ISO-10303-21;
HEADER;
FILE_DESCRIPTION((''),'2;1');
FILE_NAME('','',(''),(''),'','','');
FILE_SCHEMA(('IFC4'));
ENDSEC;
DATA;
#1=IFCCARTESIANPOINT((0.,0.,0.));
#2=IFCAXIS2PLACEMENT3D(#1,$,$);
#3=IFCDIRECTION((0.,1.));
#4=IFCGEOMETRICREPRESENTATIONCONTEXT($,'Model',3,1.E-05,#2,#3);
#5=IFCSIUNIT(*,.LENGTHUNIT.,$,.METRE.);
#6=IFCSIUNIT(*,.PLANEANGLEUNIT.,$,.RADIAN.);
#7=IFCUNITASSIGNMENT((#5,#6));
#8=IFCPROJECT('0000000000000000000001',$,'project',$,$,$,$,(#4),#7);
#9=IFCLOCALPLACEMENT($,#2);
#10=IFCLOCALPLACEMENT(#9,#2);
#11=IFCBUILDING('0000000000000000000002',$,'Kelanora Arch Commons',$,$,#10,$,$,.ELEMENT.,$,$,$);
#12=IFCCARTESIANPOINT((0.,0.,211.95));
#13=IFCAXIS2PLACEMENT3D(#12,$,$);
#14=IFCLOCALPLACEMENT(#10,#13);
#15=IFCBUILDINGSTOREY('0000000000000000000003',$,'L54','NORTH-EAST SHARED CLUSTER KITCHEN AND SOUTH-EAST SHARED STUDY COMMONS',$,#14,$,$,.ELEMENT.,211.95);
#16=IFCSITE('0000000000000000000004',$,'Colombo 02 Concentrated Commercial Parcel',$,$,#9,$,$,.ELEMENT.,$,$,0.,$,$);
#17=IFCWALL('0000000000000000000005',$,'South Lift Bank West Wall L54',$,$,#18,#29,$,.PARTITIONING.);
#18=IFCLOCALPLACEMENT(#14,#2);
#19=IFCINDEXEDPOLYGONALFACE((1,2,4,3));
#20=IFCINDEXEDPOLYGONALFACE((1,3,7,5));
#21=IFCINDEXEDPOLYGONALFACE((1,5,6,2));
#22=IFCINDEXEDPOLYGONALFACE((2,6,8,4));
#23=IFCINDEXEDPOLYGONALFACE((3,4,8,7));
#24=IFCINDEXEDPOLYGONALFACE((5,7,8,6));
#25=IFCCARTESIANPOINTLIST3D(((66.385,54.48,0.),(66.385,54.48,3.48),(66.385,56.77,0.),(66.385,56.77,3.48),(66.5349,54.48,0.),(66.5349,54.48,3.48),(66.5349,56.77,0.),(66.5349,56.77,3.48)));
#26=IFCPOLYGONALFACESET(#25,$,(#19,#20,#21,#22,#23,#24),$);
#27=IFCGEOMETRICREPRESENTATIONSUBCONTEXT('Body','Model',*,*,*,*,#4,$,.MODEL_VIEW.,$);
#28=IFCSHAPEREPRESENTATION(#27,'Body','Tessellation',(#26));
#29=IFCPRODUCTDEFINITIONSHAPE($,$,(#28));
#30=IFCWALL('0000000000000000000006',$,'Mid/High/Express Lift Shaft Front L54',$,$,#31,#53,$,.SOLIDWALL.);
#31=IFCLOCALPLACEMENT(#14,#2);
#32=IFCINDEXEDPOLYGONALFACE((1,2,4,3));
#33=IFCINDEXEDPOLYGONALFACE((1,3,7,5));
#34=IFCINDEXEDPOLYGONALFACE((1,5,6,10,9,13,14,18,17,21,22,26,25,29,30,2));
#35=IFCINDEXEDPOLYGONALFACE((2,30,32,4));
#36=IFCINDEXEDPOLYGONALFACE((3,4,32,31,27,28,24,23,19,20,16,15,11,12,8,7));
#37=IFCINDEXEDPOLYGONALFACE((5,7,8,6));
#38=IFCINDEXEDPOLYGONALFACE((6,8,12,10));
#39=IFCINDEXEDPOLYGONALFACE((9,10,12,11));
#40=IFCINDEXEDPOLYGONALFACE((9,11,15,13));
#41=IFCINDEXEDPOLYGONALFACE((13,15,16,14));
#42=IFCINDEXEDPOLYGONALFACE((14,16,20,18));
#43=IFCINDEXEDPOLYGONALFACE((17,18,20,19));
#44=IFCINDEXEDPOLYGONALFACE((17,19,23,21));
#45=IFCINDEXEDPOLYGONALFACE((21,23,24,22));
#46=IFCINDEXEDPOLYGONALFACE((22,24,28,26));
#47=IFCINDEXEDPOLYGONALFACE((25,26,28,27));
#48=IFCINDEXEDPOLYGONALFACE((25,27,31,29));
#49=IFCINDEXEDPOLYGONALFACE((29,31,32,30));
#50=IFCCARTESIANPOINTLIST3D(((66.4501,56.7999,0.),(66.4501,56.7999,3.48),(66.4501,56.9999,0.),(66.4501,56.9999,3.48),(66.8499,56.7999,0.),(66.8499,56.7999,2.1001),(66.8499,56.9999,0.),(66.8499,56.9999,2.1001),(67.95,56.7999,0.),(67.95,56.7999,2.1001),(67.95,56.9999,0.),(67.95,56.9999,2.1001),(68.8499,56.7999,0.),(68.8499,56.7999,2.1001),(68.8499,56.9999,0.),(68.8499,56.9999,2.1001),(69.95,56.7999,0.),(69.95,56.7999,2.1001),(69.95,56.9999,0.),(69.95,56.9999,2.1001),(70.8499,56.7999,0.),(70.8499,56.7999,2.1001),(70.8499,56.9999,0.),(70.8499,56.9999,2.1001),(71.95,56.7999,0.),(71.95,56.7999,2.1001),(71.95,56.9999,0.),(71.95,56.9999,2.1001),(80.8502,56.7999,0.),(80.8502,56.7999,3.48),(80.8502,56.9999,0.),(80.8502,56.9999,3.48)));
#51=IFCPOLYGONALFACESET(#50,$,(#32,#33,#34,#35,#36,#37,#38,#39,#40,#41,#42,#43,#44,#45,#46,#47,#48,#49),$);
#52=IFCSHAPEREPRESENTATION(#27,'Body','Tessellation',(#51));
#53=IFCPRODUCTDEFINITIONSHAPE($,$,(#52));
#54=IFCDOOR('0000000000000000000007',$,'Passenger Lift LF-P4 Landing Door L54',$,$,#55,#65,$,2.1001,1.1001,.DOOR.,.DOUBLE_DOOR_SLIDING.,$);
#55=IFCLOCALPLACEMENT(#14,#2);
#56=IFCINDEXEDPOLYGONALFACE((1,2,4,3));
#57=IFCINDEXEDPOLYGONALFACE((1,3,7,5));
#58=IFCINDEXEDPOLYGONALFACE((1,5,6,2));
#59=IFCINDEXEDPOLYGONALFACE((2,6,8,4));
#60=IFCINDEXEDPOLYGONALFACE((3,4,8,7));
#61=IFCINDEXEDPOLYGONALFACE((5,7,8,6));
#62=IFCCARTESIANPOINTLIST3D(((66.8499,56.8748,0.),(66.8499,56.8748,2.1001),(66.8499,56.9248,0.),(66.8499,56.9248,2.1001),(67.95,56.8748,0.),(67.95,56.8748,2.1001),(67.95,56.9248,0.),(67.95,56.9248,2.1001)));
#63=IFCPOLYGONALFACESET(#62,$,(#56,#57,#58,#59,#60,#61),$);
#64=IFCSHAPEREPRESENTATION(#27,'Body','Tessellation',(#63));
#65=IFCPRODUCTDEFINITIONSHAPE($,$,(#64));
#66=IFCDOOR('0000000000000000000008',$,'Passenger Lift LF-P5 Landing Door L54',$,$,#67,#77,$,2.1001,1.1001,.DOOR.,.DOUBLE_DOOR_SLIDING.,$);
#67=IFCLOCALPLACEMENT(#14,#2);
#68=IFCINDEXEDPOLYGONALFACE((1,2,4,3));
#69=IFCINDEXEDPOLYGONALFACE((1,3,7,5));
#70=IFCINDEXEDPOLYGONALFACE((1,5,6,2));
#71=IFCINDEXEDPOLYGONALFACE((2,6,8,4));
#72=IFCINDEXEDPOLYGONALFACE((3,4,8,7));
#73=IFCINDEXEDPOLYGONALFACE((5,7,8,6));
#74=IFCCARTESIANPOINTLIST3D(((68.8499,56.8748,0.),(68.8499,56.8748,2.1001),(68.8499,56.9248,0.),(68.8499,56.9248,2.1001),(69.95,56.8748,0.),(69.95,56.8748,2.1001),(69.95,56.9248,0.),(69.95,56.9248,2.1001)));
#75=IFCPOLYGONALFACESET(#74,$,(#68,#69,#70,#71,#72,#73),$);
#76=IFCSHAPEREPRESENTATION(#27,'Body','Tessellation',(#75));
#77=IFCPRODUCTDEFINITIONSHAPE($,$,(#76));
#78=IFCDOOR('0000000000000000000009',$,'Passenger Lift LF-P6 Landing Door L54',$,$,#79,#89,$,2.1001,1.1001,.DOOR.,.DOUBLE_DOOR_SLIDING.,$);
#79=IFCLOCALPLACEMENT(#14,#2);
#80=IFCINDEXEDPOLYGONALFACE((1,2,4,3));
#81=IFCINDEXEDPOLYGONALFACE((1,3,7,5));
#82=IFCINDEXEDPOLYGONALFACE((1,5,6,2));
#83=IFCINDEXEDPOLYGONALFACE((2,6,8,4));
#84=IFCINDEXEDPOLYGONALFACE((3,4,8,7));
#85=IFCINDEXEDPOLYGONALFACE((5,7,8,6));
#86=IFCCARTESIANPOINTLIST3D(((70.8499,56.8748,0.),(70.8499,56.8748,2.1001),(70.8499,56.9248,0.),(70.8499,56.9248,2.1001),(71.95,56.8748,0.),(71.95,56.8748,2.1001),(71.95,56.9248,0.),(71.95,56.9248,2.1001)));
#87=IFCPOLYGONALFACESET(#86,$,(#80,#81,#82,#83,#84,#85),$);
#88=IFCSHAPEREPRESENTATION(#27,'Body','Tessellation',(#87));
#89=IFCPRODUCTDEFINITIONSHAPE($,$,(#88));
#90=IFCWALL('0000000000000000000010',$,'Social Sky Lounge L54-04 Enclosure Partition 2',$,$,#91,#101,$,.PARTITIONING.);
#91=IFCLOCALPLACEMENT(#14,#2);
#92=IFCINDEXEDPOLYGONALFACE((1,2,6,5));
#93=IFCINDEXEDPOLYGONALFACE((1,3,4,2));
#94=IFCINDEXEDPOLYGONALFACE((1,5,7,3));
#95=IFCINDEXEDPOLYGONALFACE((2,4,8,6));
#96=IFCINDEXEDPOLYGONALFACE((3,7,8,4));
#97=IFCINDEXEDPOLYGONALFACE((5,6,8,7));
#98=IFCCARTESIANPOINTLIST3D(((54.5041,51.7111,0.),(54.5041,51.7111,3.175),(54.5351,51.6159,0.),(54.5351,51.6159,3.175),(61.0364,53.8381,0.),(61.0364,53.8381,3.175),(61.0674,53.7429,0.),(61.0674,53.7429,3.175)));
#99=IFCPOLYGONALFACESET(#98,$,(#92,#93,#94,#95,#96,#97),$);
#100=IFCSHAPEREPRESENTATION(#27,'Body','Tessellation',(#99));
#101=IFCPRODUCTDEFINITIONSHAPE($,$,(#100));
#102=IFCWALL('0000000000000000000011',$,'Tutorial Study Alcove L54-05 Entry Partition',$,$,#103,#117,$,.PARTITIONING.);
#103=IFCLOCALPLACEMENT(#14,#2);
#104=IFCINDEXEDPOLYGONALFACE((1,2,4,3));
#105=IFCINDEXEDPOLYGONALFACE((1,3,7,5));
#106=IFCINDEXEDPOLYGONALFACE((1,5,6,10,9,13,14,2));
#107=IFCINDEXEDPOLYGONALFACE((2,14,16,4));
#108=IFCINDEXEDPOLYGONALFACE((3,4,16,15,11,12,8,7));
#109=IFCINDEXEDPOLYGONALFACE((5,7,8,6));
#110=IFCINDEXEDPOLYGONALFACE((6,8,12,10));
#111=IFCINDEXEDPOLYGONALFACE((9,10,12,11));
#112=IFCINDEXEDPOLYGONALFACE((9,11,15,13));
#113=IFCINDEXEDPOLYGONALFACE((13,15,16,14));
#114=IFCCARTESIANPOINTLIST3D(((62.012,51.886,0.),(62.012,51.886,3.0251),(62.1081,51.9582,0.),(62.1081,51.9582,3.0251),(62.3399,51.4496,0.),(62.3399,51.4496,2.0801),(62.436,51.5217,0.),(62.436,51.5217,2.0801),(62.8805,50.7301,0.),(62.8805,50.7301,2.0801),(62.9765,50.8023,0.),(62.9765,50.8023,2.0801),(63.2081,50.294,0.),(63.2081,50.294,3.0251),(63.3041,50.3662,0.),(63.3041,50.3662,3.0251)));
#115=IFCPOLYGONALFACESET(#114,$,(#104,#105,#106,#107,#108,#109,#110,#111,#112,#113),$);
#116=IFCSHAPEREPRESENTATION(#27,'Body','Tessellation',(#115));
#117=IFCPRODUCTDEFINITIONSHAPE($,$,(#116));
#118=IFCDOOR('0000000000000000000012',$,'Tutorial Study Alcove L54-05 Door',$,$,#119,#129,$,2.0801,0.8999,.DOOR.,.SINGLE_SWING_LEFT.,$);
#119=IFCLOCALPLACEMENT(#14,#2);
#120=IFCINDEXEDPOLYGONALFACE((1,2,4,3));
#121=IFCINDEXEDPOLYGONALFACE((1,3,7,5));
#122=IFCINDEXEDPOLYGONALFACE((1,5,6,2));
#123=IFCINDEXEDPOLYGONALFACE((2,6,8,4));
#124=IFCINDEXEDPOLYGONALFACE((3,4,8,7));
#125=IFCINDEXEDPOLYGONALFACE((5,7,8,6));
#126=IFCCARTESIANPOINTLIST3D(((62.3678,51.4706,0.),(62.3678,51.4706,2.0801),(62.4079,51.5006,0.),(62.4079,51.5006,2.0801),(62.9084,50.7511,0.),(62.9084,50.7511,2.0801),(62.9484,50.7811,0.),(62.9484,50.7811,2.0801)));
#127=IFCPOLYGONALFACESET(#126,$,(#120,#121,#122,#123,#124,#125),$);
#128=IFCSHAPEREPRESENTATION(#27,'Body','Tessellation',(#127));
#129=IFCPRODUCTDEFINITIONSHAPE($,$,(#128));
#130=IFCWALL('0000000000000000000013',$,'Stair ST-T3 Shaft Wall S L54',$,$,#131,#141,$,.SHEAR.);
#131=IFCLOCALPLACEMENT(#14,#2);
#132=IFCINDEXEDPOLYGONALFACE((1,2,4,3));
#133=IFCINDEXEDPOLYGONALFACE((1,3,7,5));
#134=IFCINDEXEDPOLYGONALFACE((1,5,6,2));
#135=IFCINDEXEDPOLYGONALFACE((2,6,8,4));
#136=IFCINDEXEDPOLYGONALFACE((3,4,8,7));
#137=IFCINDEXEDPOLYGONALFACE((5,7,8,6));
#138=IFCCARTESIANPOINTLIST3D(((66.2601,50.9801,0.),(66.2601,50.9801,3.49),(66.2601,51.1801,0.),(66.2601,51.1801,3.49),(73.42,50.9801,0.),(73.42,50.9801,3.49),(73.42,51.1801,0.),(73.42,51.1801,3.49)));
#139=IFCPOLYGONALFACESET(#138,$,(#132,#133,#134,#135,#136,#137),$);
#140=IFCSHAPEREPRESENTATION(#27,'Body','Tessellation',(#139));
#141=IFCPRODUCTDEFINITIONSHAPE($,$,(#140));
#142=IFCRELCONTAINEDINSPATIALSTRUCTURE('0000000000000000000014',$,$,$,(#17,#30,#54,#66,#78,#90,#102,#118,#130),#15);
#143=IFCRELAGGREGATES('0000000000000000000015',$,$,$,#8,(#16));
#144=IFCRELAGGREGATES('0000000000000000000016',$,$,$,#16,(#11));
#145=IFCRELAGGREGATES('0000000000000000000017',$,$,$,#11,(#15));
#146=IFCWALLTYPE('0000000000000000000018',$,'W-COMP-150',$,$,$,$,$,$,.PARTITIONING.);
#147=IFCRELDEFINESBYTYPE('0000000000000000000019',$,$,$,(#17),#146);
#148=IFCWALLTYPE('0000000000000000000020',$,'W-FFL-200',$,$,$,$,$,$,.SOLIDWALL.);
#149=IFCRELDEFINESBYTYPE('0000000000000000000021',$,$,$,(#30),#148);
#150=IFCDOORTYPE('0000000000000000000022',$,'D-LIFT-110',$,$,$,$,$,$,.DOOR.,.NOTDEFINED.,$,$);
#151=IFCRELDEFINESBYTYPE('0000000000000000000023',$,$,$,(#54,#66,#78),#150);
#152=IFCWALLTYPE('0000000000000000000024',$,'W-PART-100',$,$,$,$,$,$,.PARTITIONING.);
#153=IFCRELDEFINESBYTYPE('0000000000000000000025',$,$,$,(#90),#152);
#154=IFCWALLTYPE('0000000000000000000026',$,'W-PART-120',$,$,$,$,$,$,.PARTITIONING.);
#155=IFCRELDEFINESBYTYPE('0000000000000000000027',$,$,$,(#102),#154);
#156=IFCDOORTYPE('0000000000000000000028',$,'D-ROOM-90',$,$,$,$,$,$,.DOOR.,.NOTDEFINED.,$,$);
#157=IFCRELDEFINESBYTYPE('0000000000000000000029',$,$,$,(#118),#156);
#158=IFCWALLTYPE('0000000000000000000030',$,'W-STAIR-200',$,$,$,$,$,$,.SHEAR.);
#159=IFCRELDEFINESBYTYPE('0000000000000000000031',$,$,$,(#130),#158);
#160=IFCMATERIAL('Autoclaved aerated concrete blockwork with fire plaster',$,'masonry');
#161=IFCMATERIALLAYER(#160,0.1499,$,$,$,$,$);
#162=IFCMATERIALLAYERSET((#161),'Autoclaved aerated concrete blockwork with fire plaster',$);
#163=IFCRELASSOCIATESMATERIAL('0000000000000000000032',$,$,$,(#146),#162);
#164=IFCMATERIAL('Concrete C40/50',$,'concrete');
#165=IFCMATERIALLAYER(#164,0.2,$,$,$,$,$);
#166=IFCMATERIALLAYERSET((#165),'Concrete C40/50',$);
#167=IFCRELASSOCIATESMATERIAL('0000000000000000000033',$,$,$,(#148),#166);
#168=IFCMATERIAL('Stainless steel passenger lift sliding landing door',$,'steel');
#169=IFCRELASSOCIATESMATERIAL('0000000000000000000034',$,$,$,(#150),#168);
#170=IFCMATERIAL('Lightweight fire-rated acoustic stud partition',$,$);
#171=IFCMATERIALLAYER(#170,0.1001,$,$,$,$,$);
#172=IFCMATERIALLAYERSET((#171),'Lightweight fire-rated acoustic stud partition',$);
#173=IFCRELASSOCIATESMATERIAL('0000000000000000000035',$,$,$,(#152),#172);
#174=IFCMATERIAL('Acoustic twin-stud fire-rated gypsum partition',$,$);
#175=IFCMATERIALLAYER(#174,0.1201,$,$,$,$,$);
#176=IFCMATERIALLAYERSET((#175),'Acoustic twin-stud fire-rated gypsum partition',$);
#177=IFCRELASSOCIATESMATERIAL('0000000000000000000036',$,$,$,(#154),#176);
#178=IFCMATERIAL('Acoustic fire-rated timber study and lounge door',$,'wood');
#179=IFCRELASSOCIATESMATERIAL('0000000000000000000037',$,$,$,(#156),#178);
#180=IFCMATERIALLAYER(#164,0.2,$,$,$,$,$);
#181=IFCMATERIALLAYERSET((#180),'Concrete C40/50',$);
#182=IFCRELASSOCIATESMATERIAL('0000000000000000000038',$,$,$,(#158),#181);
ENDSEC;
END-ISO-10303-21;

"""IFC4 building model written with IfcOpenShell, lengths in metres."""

from ifc_helpers import new_model, si_unit, direction, frame, frame_2d, origin, place, context, subcontext, project, spatial, rectangle, extrude, material, layer, layer_set, type_object, element, fill, save


model = new_model("IFC4")

# Units and contexts
model_context = context("Model", 3, precision=1e-05, world=origin(), true_north=direction((0.0, 1.0)))
body_context = subcontext(model_context, "Body", "Model", "MODEL_VIEW")
ifc_project = project(units=[si_unit("LENGTHUNIT", "METRE"), si_unit("PLANEANGLEUNIT", "RADIAN")], contexts=[model_context])

# Site, building, storey
site_placement = place(None, origin())
site = spatial("IfcSite", under=ifc_project, at=site_placement, Name="Colombo 02 Concentrated Commercial Parcel", CompositionType="ELEMENT", RefElevation=0.0)
building_placement = place(site_placement, origin())
building = spatial("IfcBuilding", under=site, at=building_placement, Name="Kelanora Arch Commons", CompositionType="ELEMENT")
storey_placement = place(building_placement, frame((0.0, 0.0, 211.95)))
storey = spatial("IfcBuildingStorey", under=building, at=storey_placement, Name="L54", Description="NORTH-EAST SHARED CLUSTER KITCHEN AND SOUTH-EAST SHARED STUDY COMMONS", CompositionType="ELEMENT", Elevation=211.95)

# Wall
ifc_material_1 = material(Name="Autoclaved aerated concrete blockwork with fire plaster", Category="masonry")
ifc_layer_1 = layer(ifc_material_1, 0.1499)
ifc_layer_set_1 = layer_set([ifc_layer_1], Name="Autoclaved aerated concrete blockwork with fire plaster")
wall_type_1 = type_object("IfcWallType", Name="W-COMP-150", PredefinedType="PARTITIONING", material=ifc_layer_set_1)
wall_1_placement = place(storey_placement, frame((66.46, 54.48, 0.0), z_axis=(0.0, 0.0, 1.0), x_axis=(0.0, 1.0, 0.0)))
element("IfcWall", 1, at=wall_1_placement, inside=storey, type_object=wall_type_1, Name="South Lift Bank West Wall L54", PredefinedType="PARTITIONING", context=body_context, shape_type="SweptSolid", body=[
    extrude(rectangle(XDim=2.29, YDim=0.1499, at=frame_2d((1.145, 0.0))), origin(), (0.0, 0.0, 1.0), 3.48),
])

# Wall, openings, doors
ifc_material_2 = material(Name="Concrete C40/50", Category="concrete")
ifc_layer_2 = layer(ifc_material_2, 0.2)
ifc_layer_set_2 = layer_set([ifc_layer_2], Name="Concrete C40/50")
wall_type_2 = type_object("IfcWallType", Name="W-FFL-200", PredefinedType="SOLIDWALL", material=ifc_layer_set_2)
wall_2_placement = place(storey_placement, frame((66.45, 56.8999, 0.0), z_axis=(0.0, 0.0, 1.0), x_axis=(1.0, 0.0, 0.0)))
wall_2 = element("IfcWall", 2, at=wall_2_placement, inside=storey, type_object=wall_type_2, Name="Mid/High/Express Lift Shaft Front L54", PredefinedType="SOLIDWALL", context=body_context, shape_type="SweptSolid", body=[
    extrude(rectangle(XDim=14.4001, YDim=0.2, at=frame_2d((7.2002, 0.0))), origin(), (0.0, 0.0, 1.0), 3.48),
])
opening_1_placement = place(wall_2_placement, frame((0.3999, 0.0, 0.0)))
opening_1 = element("IfcOpeningElement", 3, at=opening_1_placement, cuts=wall_2, PredefinedType="OPENING", context=body_context, shape_type="SweptSolid", body=[
    extrude(rectangle(XDim=1.1001, YDim=2.1001, at=frame_2d((0.55, 1.05))), frame((0.0, 0.1099, 0.0), z_axis=(0.0, -1.0, 0.0), x_axis=(1.0, 0.0, 0.0)), (0.0, 0.0, 1.0), 0.22),
])
opening_2_placement = place(wall_2_placement, frame((2.3999, 0.0, 0.0)))
opening_2 = element("IfcOpeningElement", 4, at=opening_2_placement, cuts=wall_2, PredefinedType="OPENING", context=body_context, shape_type="SweptSolid", body=[
    extrude(rectangle(XDim=1.1001, YDim=2.1001, at=frame_2d((0.55, 1.05))), frame((0.0, 0.1099, 0.0), z_axis=(0.0, -1.0, 0.0), x_axis=(1.0, 0.0, 0.0)), (0.0, 0.0, 1.0), 0.22),
])
opening_3_placement = place(wall_2_placement, frame((4.3999, 0.0, 0.0)))
opening_3 = element("IfcOpeningElement", 5, at=opening_3_placement, cuts=wall_2, PredefinedType="OPENING", context=body_context, shape_type="SweptSolid", body=[
    extrude(rectangle(XDim=1.1001, YDim=2.1001, at=frame_2d((0.55, 1.05))), frame((0.0, 0.1099, 0.0), z_axis=(0.0, -1.0, 0.0), x_axis=(1.0, 0.0, 0.0)), (0.0, 0.0, 1.0), 0.22),
])
ifc_material_3 = material(Name="Stainless steel passenger lift sliding landing door", Category="steel")
door_type_1 = type_object("IfcDoorType", Name="D-LIFT-110", OperationType="NOTDEFINED", PredefinedType="DOOR", material=ifc_material_3)
door_1_placement = place(opening_1_placement, origin())
door_1 = element("IfcDoor", 6, at=door_1_placement, inside=storey, type_object=door_type_1, Name="Passenger Lift LF-P4 Landing Door L54", OperationType="DOUBLE_DOOR_SLIDING", OverallHeight=2.1001, OverallWidth=1.1001, PredefinedType="DOOR", context=body_context, shape_type="SweptSolid", body=[
    extrude(rectangle(XDim=1.1001, YDim=2.1001, at=frame_2d((0.55, 1.05))), frame((0.0, 0.0249, 0.0), z_axis=(0.0, -1.0, 0.0), x_axis=(1.0, 0.0, 0.0)), (0.0, 0.0, 1.0), 0.05),
])
fill(opening_1, door_1)
door_2_placement = place(opening_2_placement, origin())
door_2 = element("IfcDoor", 7, at=door_2_placement, inside=storey, type_object=door_type_1, Name="Passenger Lift LF-P5 Landing Door L54", OperationType="DOUBLE_DOOR_SLIDING", OverallHeight=2.1001, OverallWidth=1.1001, PredefinedType="DOOR", context=body_context, shape_type="SweptSolid", body=[
    extrude(rectangle(XDim=1.1001, YDim=2.1001, at=frame_2d((0.55, 1.05))), frame((0.0, 0.0249, 0.0), z_axis=(0.0, -1.0, 0.0), x_axis=(1.0, 0.0, 0.0)), (0.0, 0.0, 1.0), 0.05),
])
fill(opening_2, door_2)
door_3_placement = place(opening_3_placement, origin())
door_3 = element("IfcDoor", 8, at=door_3_placement, inside=storey, type_object=door_type_1, Name="Passenger Lift LF-P6 Landing Door L54", OperationType="DOUBLE_DOOR_SLIDING", OverallHeight=2.1001, OverallWidth=1.1001, PredefinedType="DOOR", context=body_context, shape_type="SweptSolid", body=[
    extrude(rectangle(XDim=1.1001, YDim=2.1001, at=frame_2d((0.55, 1.05))), frame((0.0, 0.0249, 0.0), z_axis=(0.0, -1.0, 0.0), x_axis=(1.0, 0.0, 0.0)), (0.0, 0.0, 1.0), 0.05),
])
fill(opening_3, door_3)

# Wall
ifc_material_4 = material(Name="Lightweight fire-rated acoustic stud partition")
ifc_layer_3 = layer(ifc_material_4, 0.1001)
ifc_layer_set_3 = layer_set([ifc_layer_3], Name="Lightweight fire-rated acoustic stud partition")
wall_type_3 = type_object("IfcWallType", Name="W-PART-100", PredefinedType="PARTITIONING", material=ifc_layer_set_3)
wall_3_placement = place(storey_placement, frame((61.052, 53.7905, 0.0), z_axis=(0.0, 0.0, 1.0), x_axis=(-0.950864, -0.30961, 0.0)))
element("IfcWall", 9, at=wall_3_placement, inside=storey, type_object=wall_type_3, Name="Social Sky Lounge L54-04 Enclosure Partition 2", PredefinedType="PARTITIONING", context=body_context, shape_type="SweptSolid", body=[
    extrude(rectangle(XDim=6.8699, YDim=0.1001, at=frame_2d((3.4351, 0.0))), origin(), (0.0, 0.0, 1.0), 3.175),
])

# Wall, opening, door
ifc_material_5 = material(Name="Acoustic twin-stud fire-rated gypsum partition")
ifc_layer_4 = layer(ifc_material_5, 0.1201)
ifc_layer_set_4 = layer_set([ifc_layer_4], Name="Acoustic twin-stud fire-rated gypsum partition")
wall_type_4 = type_object("IfcWallType", Name="W-PART-120", PredefinedType="PARTITIONING", material=ifc_layer_set_4)
wall_4_placement = place(storey_placement, frame((62.0601, 51.9221, 0.0), z_axis=(0.0, 0.0, 1.0), x_axis=(0.600647, -0.799514, 0.0)))
wall_4 = element("IfcWall", 10, at=wall_4_placement, inside=storey, type_object=wall_type_4, Name="Tutorial Study Alcove L54-05 Entry Partition", PredefinedType="PARTITIONING", context=body_context, shape_type="SweptSolid", body=[
    extrude(rectangle(XDim=1.9912, YDim=0.1201, at=frame_2d((0.9956, 0.0))), origin(), (0.0, 0.0, 1.0), 3.0251),
])
opening_4_placement = place(wall_4_placement, frame((0.5459, 0.0, 0.0)))
opening_4 = element("IfcOpeningElement", 11, at=opening_4_placement, cuts=wall_4, PredefinedType="OPENING", context=body_context, shape_type="SweptSolid", body=[
    extrude(rectangle(XDim=0.8999, YDim=2.0801, at=frame_2d((0.45, 1.04))), frame((0.0, 0.0701, 0.0), z_axis=(0.0, -1.0, 0.0), x_axis=(1.0, 0.0, 0.0)), (0.0, 0.0, 1.0), 0.1401),
])
ifc_material_6 = material(Name="Acoustic fire-rated timber study and lounge door", Category="wood")
door_type_2 = type_object("IfcDoorType", Name="D-ROOM-90", OperationType="NOTDEFINED", PredefinedType="DOOR", material=ifc_material_6)
door_4_placement = place(opening_4_placement, origin())
door_4 = element("IfcDoor", 12, at=door_4_placement, inside=storey, type_object=door_type_2, Name="Tutorial Study Alcove L54-05 Door", OperationType="SINGLE_SWING_LEFT", OverallHeight=2.0801, OverallWidth=0.8999, PredefinedType="DOOR", context=body_context, shape_type="SweptSolid", body=[
    extrude(rectangle(XDim=0.8999, YDim=2.0801, at=frame_2d((0.45, 1.04))), frame((0.0, 0.0249, 0.0), z_axis=(0.0, -1.0, 0.0), x_axis=(1.0, 0.0, 0.0)), (0.0, 0.0, 1.0), 0.05),
])
fill(opening_4, door_4)

# Wall
ifc_layer_5 = layer(ifc_material_2, 0.2)
ifc_layer_set_5 = layer_set([ifc_layer_5], Name="Concrete C40/50")
wall_type_5 = type_object("IfcWallType", Name="W-STAIR-200", PredefinedType="SHEAR", material=ifc_layer_set_5)
wall_5_placement = place(storey_placement, frame((66.26, 51.0801, 0.0), z_axis=(0.0, 0.0, 1.0), x_axis=(1.0, 0.0, 0.0)))
element("IfcWall", 13, at=wall_5_placement, inside=storey, type_object=wall_type_5, Name="Stair ST-T3 Shaft Wall S L54", PredefinedType="SHEAR", context=body_context, shape_type="SweptSolid", body=[
    extrude(rectangle(XDim=7.1599, YDim=0.2, at=frame_2d((3.5801, 0.0))), origin(), (0.0, 0.0, 1.0), 3.49),
])

save(model, "model.ifc")
